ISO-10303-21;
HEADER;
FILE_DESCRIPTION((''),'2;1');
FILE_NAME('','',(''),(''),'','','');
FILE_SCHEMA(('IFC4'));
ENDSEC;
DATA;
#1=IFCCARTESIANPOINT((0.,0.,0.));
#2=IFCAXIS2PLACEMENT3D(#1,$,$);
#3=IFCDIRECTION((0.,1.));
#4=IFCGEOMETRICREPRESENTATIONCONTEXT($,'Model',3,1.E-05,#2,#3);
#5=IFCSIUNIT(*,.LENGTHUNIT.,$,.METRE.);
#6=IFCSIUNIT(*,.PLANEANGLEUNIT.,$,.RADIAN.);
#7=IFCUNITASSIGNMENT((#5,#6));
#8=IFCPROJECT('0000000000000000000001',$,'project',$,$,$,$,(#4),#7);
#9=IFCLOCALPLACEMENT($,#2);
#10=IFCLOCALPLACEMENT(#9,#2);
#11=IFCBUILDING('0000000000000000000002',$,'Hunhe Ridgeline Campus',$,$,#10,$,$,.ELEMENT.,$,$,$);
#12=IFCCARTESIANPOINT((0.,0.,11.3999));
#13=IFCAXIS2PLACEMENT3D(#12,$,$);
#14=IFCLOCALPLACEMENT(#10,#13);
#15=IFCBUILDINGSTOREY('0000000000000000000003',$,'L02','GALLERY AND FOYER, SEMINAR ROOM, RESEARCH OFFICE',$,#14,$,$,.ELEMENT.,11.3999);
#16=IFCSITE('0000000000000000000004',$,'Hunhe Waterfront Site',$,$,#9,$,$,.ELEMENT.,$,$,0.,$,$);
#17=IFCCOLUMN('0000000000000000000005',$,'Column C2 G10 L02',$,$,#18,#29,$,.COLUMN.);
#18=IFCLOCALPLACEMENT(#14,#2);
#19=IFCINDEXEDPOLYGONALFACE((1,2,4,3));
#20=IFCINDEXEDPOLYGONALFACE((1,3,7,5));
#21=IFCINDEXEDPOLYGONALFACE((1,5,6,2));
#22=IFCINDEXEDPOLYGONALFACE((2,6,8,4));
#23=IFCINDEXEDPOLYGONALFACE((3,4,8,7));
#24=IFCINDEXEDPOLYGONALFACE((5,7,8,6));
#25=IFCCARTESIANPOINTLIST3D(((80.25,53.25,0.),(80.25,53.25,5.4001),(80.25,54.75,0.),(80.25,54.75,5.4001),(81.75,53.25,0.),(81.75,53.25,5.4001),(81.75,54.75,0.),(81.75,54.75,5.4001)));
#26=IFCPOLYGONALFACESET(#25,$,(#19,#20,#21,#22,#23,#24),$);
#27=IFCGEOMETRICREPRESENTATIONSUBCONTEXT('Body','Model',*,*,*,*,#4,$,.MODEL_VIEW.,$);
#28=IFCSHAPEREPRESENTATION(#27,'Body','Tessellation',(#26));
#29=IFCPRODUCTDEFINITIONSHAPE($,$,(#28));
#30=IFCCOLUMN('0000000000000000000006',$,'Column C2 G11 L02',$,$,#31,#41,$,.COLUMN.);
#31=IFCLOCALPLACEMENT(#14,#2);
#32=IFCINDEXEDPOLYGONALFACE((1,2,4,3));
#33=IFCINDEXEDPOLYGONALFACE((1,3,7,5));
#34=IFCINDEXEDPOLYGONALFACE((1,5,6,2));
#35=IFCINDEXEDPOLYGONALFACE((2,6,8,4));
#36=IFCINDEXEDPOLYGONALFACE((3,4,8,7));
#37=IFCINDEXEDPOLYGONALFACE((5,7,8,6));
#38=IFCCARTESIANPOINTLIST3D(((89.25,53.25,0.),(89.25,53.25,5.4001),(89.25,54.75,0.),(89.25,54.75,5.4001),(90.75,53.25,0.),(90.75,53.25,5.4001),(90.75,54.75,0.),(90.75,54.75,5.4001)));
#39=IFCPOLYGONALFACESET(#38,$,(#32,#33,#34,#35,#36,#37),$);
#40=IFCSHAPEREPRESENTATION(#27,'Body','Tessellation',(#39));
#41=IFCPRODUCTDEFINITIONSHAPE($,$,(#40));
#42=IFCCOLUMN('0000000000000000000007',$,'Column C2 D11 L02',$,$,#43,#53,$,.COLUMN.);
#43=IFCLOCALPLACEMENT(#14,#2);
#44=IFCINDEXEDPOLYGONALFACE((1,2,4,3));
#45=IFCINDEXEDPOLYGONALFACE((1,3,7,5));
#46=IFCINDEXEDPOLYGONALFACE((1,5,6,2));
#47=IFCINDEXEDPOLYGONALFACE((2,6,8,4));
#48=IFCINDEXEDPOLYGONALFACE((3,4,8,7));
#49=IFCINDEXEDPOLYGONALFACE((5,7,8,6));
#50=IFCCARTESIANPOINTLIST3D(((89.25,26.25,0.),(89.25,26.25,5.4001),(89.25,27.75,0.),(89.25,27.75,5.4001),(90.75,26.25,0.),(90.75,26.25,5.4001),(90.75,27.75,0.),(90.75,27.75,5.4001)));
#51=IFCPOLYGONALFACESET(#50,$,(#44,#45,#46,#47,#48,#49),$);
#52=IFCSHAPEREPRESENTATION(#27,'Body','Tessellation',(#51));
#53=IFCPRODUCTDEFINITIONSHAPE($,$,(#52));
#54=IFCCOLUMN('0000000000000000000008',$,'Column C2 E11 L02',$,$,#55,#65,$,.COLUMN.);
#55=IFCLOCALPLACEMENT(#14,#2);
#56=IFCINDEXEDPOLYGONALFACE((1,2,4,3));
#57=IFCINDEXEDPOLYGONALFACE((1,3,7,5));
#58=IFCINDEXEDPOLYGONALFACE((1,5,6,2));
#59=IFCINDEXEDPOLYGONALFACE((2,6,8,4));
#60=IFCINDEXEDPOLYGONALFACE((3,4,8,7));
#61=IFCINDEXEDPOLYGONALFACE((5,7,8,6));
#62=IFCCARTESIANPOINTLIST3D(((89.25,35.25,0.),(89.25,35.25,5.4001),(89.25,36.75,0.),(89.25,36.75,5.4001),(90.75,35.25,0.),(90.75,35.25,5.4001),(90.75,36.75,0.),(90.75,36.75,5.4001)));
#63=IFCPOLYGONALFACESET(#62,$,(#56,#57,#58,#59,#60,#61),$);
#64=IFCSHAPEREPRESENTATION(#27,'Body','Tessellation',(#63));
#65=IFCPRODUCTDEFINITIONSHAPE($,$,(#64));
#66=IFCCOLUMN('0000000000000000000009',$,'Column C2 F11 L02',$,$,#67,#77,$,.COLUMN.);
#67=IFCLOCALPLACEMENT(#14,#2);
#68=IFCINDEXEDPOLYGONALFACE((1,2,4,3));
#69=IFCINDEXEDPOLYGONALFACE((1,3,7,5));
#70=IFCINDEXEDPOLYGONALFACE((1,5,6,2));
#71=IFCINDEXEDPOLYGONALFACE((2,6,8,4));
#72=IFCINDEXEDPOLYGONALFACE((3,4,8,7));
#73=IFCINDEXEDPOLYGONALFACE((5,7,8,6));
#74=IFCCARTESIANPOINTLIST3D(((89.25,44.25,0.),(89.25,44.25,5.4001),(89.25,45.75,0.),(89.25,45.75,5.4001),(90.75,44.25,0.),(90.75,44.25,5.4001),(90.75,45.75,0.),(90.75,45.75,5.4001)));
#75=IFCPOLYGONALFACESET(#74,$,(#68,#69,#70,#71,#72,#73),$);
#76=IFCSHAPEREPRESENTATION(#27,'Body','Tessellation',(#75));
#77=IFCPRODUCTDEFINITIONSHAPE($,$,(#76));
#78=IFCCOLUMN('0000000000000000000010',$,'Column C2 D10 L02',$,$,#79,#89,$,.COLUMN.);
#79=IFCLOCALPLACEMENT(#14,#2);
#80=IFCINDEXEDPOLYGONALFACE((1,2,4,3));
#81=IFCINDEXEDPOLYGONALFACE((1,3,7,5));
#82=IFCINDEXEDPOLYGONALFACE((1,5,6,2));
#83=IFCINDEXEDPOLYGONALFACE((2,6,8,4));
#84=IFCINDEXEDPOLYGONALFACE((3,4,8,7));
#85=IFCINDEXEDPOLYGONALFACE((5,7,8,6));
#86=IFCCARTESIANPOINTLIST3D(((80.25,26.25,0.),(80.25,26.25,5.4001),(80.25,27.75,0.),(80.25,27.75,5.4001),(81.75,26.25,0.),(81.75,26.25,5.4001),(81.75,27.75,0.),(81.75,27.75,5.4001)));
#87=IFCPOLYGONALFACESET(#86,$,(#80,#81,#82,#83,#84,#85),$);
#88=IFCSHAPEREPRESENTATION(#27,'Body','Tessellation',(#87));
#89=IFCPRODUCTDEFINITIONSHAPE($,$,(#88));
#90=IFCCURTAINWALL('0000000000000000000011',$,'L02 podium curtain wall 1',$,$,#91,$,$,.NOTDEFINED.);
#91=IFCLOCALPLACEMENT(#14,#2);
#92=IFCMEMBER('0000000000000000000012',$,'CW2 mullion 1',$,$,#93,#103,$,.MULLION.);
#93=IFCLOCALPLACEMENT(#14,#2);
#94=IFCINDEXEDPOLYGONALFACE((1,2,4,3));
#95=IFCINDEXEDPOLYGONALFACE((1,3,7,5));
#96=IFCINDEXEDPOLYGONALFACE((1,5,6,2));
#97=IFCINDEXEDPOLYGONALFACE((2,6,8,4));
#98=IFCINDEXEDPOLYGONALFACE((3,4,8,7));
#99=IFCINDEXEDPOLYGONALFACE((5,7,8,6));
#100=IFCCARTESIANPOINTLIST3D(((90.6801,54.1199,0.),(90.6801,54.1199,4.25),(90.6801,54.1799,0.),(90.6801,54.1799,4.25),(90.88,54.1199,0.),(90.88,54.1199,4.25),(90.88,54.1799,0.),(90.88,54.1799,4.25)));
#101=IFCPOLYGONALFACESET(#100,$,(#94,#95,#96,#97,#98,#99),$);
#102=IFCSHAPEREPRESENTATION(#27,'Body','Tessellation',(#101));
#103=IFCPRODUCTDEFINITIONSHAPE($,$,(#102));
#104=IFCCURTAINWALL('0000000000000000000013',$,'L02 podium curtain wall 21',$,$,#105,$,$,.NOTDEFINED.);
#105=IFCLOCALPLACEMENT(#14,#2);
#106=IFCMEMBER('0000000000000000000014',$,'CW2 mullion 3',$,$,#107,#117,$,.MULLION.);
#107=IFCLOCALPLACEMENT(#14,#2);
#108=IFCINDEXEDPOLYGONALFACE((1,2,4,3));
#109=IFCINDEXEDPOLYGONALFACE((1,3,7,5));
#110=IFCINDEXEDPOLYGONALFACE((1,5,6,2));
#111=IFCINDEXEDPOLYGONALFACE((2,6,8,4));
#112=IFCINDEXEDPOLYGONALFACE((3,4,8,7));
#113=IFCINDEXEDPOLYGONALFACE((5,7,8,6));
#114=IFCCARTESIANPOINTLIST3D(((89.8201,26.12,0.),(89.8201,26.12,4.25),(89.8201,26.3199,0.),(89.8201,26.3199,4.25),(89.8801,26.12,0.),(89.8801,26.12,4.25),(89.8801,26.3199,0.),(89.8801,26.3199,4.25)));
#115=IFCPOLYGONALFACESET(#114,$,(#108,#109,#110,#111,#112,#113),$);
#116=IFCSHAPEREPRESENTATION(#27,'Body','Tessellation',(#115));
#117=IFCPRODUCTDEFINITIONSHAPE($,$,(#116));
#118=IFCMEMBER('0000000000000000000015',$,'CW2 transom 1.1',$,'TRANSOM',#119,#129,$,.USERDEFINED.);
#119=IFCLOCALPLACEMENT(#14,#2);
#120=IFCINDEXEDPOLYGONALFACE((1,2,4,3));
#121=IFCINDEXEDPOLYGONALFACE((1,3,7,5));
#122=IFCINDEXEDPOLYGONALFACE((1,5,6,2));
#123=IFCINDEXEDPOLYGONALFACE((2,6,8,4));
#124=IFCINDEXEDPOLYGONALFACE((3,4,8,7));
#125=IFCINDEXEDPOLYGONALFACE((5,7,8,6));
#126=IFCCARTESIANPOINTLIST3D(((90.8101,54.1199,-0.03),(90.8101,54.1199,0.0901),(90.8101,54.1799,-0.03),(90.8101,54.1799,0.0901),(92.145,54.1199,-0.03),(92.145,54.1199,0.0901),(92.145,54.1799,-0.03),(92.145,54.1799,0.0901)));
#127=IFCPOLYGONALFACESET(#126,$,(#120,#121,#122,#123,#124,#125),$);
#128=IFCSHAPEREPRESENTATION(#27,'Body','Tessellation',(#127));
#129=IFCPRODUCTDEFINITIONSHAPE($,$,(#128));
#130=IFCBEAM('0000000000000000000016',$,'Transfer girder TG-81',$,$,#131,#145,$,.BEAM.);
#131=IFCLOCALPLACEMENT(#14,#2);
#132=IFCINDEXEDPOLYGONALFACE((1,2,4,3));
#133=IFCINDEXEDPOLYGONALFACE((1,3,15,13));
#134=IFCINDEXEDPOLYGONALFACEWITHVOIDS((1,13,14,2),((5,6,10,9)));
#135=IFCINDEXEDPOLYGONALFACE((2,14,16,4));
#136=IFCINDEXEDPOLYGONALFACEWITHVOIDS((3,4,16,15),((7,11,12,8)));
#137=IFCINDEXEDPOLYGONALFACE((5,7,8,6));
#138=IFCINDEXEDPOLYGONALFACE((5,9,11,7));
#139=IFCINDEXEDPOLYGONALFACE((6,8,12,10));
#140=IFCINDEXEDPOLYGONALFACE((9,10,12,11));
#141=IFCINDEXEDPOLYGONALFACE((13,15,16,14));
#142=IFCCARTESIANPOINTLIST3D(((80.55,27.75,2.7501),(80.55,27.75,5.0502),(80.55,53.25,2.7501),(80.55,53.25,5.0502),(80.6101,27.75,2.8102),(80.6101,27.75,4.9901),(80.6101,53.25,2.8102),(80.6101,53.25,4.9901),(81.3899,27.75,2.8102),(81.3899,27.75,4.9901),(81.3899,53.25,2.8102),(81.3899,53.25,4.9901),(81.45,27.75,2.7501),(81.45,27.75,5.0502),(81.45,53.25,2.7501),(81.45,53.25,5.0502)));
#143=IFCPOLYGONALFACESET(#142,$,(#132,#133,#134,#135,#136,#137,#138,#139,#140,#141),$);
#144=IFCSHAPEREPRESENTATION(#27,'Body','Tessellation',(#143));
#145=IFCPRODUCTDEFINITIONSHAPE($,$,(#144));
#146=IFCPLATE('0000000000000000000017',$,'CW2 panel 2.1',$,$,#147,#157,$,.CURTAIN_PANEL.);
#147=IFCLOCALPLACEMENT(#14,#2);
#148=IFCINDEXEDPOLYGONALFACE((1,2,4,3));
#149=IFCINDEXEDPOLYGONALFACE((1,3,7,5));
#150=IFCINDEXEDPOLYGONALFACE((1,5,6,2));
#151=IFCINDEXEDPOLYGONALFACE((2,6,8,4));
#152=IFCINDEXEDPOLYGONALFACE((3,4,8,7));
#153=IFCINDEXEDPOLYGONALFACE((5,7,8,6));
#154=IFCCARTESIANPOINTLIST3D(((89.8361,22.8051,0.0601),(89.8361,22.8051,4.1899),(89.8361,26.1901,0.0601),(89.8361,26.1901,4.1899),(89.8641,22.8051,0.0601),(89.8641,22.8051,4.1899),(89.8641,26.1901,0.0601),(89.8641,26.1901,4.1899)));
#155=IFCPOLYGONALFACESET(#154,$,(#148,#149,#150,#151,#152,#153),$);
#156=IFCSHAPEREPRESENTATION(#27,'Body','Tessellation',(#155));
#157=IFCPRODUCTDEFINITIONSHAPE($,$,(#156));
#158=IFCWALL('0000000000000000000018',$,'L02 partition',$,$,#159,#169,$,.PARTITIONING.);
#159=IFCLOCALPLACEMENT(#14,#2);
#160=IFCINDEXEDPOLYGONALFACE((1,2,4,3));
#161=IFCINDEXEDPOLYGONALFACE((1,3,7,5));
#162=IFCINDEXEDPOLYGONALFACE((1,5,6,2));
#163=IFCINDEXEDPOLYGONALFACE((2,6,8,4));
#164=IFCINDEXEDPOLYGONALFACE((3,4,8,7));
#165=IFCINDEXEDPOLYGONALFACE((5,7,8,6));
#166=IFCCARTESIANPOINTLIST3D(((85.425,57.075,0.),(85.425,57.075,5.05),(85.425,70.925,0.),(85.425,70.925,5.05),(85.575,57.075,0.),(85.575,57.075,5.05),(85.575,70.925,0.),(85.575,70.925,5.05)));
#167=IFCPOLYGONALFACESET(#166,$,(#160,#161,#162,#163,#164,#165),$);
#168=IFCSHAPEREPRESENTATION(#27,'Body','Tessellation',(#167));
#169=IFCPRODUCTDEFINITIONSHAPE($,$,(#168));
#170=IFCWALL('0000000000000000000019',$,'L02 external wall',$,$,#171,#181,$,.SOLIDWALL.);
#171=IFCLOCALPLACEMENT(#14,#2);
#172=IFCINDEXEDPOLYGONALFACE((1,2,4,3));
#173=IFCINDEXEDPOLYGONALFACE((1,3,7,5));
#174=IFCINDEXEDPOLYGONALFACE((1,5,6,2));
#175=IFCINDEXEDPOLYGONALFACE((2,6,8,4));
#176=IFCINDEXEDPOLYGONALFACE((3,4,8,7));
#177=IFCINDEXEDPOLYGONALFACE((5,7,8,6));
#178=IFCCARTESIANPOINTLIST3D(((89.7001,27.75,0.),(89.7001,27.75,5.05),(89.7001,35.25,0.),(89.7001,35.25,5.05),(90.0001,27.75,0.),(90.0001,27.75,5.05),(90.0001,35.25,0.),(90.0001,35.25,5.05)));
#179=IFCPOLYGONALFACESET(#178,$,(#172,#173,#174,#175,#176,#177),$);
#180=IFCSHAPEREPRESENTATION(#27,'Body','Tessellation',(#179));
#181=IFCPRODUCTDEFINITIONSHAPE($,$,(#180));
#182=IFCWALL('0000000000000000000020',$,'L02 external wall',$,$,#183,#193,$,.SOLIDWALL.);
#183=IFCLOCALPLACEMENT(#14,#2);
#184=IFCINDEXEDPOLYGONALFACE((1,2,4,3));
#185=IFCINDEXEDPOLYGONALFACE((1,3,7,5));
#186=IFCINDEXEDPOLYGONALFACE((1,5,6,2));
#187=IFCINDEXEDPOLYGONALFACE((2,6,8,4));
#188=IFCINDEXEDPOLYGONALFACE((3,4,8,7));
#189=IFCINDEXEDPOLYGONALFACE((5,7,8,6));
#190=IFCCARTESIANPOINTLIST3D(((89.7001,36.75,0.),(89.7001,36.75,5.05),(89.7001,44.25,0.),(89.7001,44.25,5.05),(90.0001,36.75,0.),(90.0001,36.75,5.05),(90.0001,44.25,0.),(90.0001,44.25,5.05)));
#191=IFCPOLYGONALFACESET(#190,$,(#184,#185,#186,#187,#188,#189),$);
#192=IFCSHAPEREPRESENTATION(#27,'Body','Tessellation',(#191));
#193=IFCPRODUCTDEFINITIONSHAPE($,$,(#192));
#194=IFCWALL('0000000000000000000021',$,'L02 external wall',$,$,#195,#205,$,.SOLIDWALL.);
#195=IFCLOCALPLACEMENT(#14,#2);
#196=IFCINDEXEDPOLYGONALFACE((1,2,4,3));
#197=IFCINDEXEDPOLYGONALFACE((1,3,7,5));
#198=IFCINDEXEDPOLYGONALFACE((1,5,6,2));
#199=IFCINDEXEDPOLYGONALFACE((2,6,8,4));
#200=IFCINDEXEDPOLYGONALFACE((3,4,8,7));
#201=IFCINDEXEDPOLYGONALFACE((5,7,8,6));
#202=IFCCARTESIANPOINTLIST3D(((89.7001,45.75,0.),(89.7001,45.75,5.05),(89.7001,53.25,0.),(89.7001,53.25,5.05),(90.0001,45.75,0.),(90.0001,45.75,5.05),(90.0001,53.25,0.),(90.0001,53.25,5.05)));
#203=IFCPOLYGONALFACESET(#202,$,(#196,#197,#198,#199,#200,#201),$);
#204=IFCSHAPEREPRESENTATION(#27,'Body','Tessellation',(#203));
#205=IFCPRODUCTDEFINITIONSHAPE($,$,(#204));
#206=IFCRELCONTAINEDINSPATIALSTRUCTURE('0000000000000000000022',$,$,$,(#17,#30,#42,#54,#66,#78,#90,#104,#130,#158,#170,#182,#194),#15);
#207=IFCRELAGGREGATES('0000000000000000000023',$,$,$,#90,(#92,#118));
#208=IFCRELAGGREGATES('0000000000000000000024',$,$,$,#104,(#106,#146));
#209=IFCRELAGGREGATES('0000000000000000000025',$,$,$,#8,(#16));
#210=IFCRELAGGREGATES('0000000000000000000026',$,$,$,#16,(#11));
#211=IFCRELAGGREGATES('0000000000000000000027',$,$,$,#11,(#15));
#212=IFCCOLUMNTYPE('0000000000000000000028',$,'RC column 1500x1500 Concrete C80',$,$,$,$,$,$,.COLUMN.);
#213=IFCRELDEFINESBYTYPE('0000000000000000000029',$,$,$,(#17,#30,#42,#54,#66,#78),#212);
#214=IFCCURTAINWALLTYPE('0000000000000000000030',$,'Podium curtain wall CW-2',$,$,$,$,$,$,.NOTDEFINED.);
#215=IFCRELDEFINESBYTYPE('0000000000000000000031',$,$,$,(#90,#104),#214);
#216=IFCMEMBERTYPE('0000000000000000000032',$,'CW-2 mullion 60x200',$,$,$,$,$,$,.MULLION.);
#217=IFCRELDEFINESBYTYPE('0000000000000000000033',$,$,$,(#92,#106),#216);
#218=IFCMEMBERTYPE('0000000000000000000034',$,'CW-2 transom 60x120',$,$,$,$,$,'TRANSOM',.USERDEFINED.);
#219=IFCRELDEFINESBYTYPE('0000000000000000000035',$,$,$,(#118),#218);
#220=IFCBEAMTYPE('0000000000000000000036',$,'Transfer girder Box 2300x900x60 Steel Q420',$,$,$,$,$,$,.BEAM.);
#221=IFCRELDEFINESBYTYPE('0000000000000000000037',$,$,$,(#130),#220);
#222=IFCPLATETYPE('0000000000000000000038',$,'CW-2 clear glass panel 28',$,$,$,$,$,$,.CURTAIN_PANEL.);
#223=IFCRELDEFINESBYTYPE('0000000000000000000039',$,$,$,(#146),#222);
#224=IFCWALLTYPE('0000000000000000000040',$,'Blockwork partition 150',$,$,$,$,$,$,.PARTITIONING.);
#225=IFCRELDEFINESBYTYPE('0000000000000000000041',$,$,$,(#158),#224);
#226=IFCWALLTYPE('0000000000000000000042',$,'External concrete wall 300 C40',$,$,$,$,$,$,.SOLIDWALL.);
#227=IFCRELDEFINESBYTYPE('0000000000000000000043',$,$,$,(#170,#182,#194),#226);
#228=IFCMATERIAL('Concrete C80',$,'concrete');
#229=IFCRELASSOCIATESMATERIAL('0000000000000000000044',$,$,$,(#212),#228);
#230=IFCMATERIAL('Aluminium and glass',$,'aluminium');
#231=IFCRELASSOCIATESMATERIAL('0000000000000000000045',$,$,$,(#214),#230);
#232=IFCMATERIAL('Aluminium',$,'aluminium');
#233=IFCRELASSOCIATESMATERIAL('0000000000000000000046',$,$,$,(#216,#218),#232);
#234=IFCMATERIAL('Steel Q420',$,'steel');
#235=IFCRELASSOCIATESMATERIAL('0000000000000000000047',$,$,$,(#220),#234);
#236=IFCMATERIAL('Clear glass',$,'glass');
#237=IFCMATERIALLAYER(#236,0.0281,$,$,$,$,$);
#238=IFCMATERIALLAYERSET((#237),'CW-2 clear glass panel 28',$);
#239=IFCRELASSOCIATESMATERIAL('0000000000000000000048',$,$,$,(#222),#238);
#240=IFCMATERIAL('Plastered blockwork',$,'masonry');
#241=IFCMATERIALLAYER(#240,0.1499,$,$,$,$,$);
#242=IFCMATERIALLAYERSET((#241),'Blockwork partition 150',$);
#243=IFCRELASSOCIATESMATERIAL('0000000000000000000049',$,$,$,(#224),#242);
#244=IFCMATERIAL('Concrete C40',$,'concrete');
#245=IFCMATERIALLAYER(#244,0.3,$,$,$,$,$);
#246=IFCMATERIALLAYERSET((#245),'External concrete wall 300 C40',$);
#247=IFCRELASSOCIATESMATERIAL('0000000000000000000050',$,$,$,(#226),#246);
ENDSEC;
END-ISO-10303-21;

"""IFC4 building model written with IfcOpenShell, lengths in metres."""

from ifc_helpers import new_model, si_unit, direction, frame, frame_2d, origin, origin_2d, place, context, subcontext, project, spatial, rectangle, hollow_rectangle, extrude, material, layer, layer_set, material_profile, profile_set, type_object, element, aggregate, save


model = new_model("IFC4")

# Units and contexts
model_context = context("Model", 3, precision=1e-05, world=origin(), true_north=direction((0.0, 1.0)))
body_context = subcontext(model_context, "Body", "Model", "MODEL_VIEW")
ifc_project = project(units=[si_unit("LENGTHUNIT", "METRE"), si_unit("PLANEANGLEUNIT", "RADIAN")], contexts=[model_context])

# Site, building, storey
site_placement = place(None, origin())
site = spatial("IfcSite", under=ifc_project, at=site_placement, Name="Hunhe Waterfront Site", CompositionType="ELEMENT", RefElevation=0.0)
building_placement = place(site_placement, origin())
building = spatial("IfcBuilding", under=site, at=building_placement, Name="Hunhe Ridgeline Campus", CompositionType="ELEMENT")
storey_placement = place(building_placement, frame((0.0, 0.0, 11.3999)))
storey = spatial("IfcBuildingStorey", under=building, at=storey_placement, Name="L02", Description="GALLERY AND FOYER, SEMINAR ROOM, RESEARCH OFFICE", CompositionType="ELEMENT", Elevation=11.3999)

# Columns
ifc_material_1 = material(Name="Concrete C80", Category="concrete")
ifc_material_profile_1 = material_profile(ifc_material_1, rectangle(XDim=1.5, YDim=1.5, at=origin_2d()))
ifc_profile_set_1 = profile_set([ifc_material_profile_1], Name="Concrete C80")
column_type = type_object("IfcColumnType", Name="RC column 1500x1500 Concrete C80", PredefinedType="COLUMN", material=ifc_profile_set_1)
for number, where, z_axis, x_axis, name in (
    (1, (81.0, 54.0, 0.0), (0.0, 0.0, 1.0), (1.0, 0.0, 0.0), "Column C2 G10 L02"),
    (2, (90.0, 54.0, 0.0), (0.0, 0.0, 1.0), (1.0, 0.0, 0.0), "Column C2 G11 L02"),
    (3, (90.0, 27.0, 0.0), (0.0, 0.0, 1.0), (1.0, 0.0, 0.0), "Column C2 D11 L02"),
    (4, (90.0, 36.0, 0.0), (0.0, 0.0, 1.0), (1.0, 0.0, 0.0), "Column C2 E11 L02"),
    (5, (90.0, 45.0, 0.0), (0.0, 0.0, 1.0), (1.0, 0.0, 0.0), "Column C2 F11 L02"),
    (6, (81.0, 27.0, 0.0), (0.0, 0.0, 1.0), (1.0, 0.0, 0.0), "Column C2 D10 L02"),
):
    element("IfcColumn", number, at=place(storey_placement, frame(where, z_axis=z_axis, x_axis=x_axis)), inside=storey, type_object=column_type, Name=name, PredefinedType="COLUMN", context=body_context, shape_type="SweptSolid", body=[
        extrude(rectangle(XDim=1.5, YDim=1.5, at=origin_2d()), origin(), (0.0, 0.0, 1.0), 5.4001),
    ])

# Curtain walls, members
ifc_material_2 = material(Name="Aluminium and glass", Category="aluminium")
curtain_wall_type = type_object("IfcCurtainWallType", Name="Podium curtain wall CW-2", PredefinedType="NOTDEFINED", material=ifc_material_2)
curtain_wall_1_placement = place(storey_placement, origin())
curtain_wall_1 = element("IfcCurtainWall", 7, at=curtain_wall_1_placement, inside=storey, type_object=curtain_wall_type, Name="L02 podium curtain wall 1", PredefinedType="NOTDEFINED")
ifc_material_3 = material(Name="Aluminium", Category="aluminium")
ifc_material_profile_2 = material_profile(ifc_material_3, rectangle(XDim=0.0601, YDim=0.2, at=origin_2d()))
ifc_profile_set_2 = profile_set([ifc_material_profile_2], Name="Aluminium")
member_type_1 = type_object("IfcMemberType", Name="CW-2 mullion 60x200", PredefinedType="MULLION", material=ifc_profile_set_2)
member_1_placement = place(storey_placement, frame((90.78, 54.1499, 0.0), z_axis=(0.0, 0.0, 1.0), x_axis=(0.0, 1.0, 0.0)))
member_1 = element("IfcMember", 8, at=member_1_placement, type_object=member_type_1, Name="CW2 mullion 1", PredefinedType="MULLION", context=body_context, shape_type="SweptSolid", body=[
    extrude(rectangle(XDim=0.0601, YDim=0.2, at=origin_2d()), origin(), (0.0, 0.0, 1.0), 4.25),
])
curtain_wall_2_placement = place(storey_placement, origin())
curtain_wall_2 = element("IfcCurtainWall", 9, at=curtain_wall_2_placement, inside=storey, type_object=curtain_wall_type, Name="L02 podium curtain wall 21", PredefinedType="NOTDEFINED")
member_2_placement = place(storey_placement, frame((89.8501, 26.22, 0.0), z_axis=(0.0, 0.0, 1.0), x_axis=(-1.0, 0.0, 0.0)))
member_2 = element("IfcMember", 10, at=member_2_placement, type_object=member_type_1, Name="CW2 mullion 3", PredefinedType="MULLION", context=body_context, shape_type="SweptSolid", body=[
    extrude(rectangle(XDim=0.0601, YDim=0.2, at=origin_2d()), origin(), (0.0, 0.0, 1.0), 4.25),
])

# Member
ifc_material_profile_3 = material_profile(ifc_material_3, rectangle(XDim=0.0601, YDim=0.1201, at=origin_2d()))
ifc_profile_set_3 = profile_set([ifc_material_profile_3], Name="Aluminium")
member_type_2 = type_object("IfcMemberType", Name="CW-2 transom 60x120", ElementType="TRANSOM", PredefinedType="USERDEFINED", material=ifc_profile_set_3)
member_3_placement = place(storey_placement, frame((90.8101, 54.1499, 0.03), z_axis=(1.0, 0.0, 0.0), x_axis=(0.0, 1.0, 0.0)))
member_3 = element("IfcMember", 11, at=member_3_placement, type_object=member_type_2, Name="CW2 transom 1.1", ObjectType="TRANSOM", PredefinedType="USERDEFINED", context=body_context, shape_type="SweptSolid", body=[
    extrude(rectangle(XDim=0.0601, YDim=0.1201, at=origin_2d()), origin(), (0.0, 0.0, 1.0), 1.335),
])
aggregate(curtain_wall_1, [member_1, member_3])

# Beam
ifc_material_4 = material(Name="Steel Q420", Category="steel")
ifc_material_profile_4 = material_profile(ifc_material_4, hollow_rectangle(XDim=0.8999, YDim=2.3, WallThickness=0.0601, at=origin_2d()))
ifc_profile_set_4 = profile_set([ifc_material_profile_4], Name="Steel Q420")
beam_type = type_object("IfcBeamType", Name="Transfer girder Box 2300x900x60 Steel Q420", PredefinedType="BEAM", material=ifc_profile_set_4)
beam_placement = place(storey_placement, frame((81.0, 27.75, 3.9001), z_axis=(0.0, 1.0, 0.0), x_axis=(-1.0, 0.0, 0.0)))
element("IfcBeam", 12, at=beam_placement, inside=storey, type_object=beam_type, Name="Transfer girder TG-81", PredefinedType="BEAM", context=body_context, shape_type="SweptSolid", body=[
    extrude(hollow_rectangle(XDim=0.8999, YDim=2.3, WallThickness=0.0601, at=origin_2d()), origin(), (0.0, 0.0, 1.0), 25.5),
])

# Plate
ifc_material_5 = material(Name="Clear glass", Category="glass")
ifc_layer_1 = layer(ifc_material_5, 0.0281)
ifc_layer_set_1 = layer_set([ifc_layer_1], Name="CW-2 clear glass panel 28")
plate_type = type_object("IfcPlateType", Name="CW-2 clear glass panel 28", PredefinedType="CURTAIN_PANEL", material=ifc_layer_set_1)
plate_placement = place(storey_placement, frame((89.8501, 24.4976, 0.0601), z_axis=(0.0, 0.0, 1.0), x_axis=(0.0, 1.0, 0.0)))
plate = element("IfcPlate", 13, at=plate_placement, type_object=plate_type, Name="CW2 panel 2.1", PredefinedType="CURTAIN_PANEL", context=body_context, shape_type="SweptSolid", body=[
    extrude(rectangle(XDim=3.385, YDim=0.0281, at=origin_2d()), origin(), (0.0, 0.0, 1.0), 4.1299),
])
aggregate(curtain_wall_2, [member_2, plate])

# Walls
ifc_material_6 = material(Name="Plastered blockwork", Category="masonry")
ifc_layer_2 = layer(ifc_material_6, 0.1499)
ifc_layer_set_2 = layer_set([ifc_layer_2], Name="Blockwork partition 150")
wall_type_1 = type_object("IfcWallType", Name="Blockwork partition 150", PredefinedType="PARTITIONING", material=ifc_layer_set_2)
wall_1_placement = place(storey_placement, frame((85.5, 57.075, 0.0), z_axis=(0.0, 0.0, 1.0), x_axis=(0.0, 1.0, 0.0)))
element("IfcWall", 14, at=wall_1_placement, inside=storey, type_object=wall_type_1, Name="L02 partition", PredefinedType="PARTITIONING", context=body_context, shape_type="SweptSolid", body=[
    extrude(rectangle(XDim=13.8501, YDim=0.1499, at=frame_2d((6.925, 0.0))), origin(), (0.0, 0.0, 1.0), 5.05),
])
ifc_material_7 = material(Name="Concrete C40", Category="concrete")
ifc_layer_3 = layer(ifc_material_7, 0.3)
ifc_layer_set_3 = layer_set([ifc_layer_3], Name="External concrete wall 300 C40")
wall_type_2 = type_object("IfcWallType", Name="External concrete wall 300 C40", PredefinedType="SOLIDWALL", material=ifc_layer_set_3)
for number, where, z_axis, x_axis, name in (
    (15, (89.8501, 27.75, 0.0), (0.0, 0.0, 1.0), (0.0, 1.0, 0.0), "L02 external wall"),
    (16, (89.8501, 36.75, 0.0), (0.0, 0.0, 1.0), (0.0, 1.0, 0.0), "L02 external wall"),
    (17, (89.8501, 45.75, 0.0), (0.0, 0.0, 1.0), (0.0, 1.0, 0.0), "L02 external wall"),
):
    element("IfcWall", number, at=place(storey_placement, frame(where, z_axis=z_axis, x_axis=x_axis)), inside=storey, type_object=wall_type_2, Name=name, PredefinedType="SOLIDWALL", context=body_context, shape_type="SweptSolid", body=[
        extrude(rectangle(XDim=7.5, YDim=0.3, at=frame_2d((3.75, 0.0))), origin(), (0.0, 0.0, 1.0), 5.05),
    ])

save(model, "model.ifc")
